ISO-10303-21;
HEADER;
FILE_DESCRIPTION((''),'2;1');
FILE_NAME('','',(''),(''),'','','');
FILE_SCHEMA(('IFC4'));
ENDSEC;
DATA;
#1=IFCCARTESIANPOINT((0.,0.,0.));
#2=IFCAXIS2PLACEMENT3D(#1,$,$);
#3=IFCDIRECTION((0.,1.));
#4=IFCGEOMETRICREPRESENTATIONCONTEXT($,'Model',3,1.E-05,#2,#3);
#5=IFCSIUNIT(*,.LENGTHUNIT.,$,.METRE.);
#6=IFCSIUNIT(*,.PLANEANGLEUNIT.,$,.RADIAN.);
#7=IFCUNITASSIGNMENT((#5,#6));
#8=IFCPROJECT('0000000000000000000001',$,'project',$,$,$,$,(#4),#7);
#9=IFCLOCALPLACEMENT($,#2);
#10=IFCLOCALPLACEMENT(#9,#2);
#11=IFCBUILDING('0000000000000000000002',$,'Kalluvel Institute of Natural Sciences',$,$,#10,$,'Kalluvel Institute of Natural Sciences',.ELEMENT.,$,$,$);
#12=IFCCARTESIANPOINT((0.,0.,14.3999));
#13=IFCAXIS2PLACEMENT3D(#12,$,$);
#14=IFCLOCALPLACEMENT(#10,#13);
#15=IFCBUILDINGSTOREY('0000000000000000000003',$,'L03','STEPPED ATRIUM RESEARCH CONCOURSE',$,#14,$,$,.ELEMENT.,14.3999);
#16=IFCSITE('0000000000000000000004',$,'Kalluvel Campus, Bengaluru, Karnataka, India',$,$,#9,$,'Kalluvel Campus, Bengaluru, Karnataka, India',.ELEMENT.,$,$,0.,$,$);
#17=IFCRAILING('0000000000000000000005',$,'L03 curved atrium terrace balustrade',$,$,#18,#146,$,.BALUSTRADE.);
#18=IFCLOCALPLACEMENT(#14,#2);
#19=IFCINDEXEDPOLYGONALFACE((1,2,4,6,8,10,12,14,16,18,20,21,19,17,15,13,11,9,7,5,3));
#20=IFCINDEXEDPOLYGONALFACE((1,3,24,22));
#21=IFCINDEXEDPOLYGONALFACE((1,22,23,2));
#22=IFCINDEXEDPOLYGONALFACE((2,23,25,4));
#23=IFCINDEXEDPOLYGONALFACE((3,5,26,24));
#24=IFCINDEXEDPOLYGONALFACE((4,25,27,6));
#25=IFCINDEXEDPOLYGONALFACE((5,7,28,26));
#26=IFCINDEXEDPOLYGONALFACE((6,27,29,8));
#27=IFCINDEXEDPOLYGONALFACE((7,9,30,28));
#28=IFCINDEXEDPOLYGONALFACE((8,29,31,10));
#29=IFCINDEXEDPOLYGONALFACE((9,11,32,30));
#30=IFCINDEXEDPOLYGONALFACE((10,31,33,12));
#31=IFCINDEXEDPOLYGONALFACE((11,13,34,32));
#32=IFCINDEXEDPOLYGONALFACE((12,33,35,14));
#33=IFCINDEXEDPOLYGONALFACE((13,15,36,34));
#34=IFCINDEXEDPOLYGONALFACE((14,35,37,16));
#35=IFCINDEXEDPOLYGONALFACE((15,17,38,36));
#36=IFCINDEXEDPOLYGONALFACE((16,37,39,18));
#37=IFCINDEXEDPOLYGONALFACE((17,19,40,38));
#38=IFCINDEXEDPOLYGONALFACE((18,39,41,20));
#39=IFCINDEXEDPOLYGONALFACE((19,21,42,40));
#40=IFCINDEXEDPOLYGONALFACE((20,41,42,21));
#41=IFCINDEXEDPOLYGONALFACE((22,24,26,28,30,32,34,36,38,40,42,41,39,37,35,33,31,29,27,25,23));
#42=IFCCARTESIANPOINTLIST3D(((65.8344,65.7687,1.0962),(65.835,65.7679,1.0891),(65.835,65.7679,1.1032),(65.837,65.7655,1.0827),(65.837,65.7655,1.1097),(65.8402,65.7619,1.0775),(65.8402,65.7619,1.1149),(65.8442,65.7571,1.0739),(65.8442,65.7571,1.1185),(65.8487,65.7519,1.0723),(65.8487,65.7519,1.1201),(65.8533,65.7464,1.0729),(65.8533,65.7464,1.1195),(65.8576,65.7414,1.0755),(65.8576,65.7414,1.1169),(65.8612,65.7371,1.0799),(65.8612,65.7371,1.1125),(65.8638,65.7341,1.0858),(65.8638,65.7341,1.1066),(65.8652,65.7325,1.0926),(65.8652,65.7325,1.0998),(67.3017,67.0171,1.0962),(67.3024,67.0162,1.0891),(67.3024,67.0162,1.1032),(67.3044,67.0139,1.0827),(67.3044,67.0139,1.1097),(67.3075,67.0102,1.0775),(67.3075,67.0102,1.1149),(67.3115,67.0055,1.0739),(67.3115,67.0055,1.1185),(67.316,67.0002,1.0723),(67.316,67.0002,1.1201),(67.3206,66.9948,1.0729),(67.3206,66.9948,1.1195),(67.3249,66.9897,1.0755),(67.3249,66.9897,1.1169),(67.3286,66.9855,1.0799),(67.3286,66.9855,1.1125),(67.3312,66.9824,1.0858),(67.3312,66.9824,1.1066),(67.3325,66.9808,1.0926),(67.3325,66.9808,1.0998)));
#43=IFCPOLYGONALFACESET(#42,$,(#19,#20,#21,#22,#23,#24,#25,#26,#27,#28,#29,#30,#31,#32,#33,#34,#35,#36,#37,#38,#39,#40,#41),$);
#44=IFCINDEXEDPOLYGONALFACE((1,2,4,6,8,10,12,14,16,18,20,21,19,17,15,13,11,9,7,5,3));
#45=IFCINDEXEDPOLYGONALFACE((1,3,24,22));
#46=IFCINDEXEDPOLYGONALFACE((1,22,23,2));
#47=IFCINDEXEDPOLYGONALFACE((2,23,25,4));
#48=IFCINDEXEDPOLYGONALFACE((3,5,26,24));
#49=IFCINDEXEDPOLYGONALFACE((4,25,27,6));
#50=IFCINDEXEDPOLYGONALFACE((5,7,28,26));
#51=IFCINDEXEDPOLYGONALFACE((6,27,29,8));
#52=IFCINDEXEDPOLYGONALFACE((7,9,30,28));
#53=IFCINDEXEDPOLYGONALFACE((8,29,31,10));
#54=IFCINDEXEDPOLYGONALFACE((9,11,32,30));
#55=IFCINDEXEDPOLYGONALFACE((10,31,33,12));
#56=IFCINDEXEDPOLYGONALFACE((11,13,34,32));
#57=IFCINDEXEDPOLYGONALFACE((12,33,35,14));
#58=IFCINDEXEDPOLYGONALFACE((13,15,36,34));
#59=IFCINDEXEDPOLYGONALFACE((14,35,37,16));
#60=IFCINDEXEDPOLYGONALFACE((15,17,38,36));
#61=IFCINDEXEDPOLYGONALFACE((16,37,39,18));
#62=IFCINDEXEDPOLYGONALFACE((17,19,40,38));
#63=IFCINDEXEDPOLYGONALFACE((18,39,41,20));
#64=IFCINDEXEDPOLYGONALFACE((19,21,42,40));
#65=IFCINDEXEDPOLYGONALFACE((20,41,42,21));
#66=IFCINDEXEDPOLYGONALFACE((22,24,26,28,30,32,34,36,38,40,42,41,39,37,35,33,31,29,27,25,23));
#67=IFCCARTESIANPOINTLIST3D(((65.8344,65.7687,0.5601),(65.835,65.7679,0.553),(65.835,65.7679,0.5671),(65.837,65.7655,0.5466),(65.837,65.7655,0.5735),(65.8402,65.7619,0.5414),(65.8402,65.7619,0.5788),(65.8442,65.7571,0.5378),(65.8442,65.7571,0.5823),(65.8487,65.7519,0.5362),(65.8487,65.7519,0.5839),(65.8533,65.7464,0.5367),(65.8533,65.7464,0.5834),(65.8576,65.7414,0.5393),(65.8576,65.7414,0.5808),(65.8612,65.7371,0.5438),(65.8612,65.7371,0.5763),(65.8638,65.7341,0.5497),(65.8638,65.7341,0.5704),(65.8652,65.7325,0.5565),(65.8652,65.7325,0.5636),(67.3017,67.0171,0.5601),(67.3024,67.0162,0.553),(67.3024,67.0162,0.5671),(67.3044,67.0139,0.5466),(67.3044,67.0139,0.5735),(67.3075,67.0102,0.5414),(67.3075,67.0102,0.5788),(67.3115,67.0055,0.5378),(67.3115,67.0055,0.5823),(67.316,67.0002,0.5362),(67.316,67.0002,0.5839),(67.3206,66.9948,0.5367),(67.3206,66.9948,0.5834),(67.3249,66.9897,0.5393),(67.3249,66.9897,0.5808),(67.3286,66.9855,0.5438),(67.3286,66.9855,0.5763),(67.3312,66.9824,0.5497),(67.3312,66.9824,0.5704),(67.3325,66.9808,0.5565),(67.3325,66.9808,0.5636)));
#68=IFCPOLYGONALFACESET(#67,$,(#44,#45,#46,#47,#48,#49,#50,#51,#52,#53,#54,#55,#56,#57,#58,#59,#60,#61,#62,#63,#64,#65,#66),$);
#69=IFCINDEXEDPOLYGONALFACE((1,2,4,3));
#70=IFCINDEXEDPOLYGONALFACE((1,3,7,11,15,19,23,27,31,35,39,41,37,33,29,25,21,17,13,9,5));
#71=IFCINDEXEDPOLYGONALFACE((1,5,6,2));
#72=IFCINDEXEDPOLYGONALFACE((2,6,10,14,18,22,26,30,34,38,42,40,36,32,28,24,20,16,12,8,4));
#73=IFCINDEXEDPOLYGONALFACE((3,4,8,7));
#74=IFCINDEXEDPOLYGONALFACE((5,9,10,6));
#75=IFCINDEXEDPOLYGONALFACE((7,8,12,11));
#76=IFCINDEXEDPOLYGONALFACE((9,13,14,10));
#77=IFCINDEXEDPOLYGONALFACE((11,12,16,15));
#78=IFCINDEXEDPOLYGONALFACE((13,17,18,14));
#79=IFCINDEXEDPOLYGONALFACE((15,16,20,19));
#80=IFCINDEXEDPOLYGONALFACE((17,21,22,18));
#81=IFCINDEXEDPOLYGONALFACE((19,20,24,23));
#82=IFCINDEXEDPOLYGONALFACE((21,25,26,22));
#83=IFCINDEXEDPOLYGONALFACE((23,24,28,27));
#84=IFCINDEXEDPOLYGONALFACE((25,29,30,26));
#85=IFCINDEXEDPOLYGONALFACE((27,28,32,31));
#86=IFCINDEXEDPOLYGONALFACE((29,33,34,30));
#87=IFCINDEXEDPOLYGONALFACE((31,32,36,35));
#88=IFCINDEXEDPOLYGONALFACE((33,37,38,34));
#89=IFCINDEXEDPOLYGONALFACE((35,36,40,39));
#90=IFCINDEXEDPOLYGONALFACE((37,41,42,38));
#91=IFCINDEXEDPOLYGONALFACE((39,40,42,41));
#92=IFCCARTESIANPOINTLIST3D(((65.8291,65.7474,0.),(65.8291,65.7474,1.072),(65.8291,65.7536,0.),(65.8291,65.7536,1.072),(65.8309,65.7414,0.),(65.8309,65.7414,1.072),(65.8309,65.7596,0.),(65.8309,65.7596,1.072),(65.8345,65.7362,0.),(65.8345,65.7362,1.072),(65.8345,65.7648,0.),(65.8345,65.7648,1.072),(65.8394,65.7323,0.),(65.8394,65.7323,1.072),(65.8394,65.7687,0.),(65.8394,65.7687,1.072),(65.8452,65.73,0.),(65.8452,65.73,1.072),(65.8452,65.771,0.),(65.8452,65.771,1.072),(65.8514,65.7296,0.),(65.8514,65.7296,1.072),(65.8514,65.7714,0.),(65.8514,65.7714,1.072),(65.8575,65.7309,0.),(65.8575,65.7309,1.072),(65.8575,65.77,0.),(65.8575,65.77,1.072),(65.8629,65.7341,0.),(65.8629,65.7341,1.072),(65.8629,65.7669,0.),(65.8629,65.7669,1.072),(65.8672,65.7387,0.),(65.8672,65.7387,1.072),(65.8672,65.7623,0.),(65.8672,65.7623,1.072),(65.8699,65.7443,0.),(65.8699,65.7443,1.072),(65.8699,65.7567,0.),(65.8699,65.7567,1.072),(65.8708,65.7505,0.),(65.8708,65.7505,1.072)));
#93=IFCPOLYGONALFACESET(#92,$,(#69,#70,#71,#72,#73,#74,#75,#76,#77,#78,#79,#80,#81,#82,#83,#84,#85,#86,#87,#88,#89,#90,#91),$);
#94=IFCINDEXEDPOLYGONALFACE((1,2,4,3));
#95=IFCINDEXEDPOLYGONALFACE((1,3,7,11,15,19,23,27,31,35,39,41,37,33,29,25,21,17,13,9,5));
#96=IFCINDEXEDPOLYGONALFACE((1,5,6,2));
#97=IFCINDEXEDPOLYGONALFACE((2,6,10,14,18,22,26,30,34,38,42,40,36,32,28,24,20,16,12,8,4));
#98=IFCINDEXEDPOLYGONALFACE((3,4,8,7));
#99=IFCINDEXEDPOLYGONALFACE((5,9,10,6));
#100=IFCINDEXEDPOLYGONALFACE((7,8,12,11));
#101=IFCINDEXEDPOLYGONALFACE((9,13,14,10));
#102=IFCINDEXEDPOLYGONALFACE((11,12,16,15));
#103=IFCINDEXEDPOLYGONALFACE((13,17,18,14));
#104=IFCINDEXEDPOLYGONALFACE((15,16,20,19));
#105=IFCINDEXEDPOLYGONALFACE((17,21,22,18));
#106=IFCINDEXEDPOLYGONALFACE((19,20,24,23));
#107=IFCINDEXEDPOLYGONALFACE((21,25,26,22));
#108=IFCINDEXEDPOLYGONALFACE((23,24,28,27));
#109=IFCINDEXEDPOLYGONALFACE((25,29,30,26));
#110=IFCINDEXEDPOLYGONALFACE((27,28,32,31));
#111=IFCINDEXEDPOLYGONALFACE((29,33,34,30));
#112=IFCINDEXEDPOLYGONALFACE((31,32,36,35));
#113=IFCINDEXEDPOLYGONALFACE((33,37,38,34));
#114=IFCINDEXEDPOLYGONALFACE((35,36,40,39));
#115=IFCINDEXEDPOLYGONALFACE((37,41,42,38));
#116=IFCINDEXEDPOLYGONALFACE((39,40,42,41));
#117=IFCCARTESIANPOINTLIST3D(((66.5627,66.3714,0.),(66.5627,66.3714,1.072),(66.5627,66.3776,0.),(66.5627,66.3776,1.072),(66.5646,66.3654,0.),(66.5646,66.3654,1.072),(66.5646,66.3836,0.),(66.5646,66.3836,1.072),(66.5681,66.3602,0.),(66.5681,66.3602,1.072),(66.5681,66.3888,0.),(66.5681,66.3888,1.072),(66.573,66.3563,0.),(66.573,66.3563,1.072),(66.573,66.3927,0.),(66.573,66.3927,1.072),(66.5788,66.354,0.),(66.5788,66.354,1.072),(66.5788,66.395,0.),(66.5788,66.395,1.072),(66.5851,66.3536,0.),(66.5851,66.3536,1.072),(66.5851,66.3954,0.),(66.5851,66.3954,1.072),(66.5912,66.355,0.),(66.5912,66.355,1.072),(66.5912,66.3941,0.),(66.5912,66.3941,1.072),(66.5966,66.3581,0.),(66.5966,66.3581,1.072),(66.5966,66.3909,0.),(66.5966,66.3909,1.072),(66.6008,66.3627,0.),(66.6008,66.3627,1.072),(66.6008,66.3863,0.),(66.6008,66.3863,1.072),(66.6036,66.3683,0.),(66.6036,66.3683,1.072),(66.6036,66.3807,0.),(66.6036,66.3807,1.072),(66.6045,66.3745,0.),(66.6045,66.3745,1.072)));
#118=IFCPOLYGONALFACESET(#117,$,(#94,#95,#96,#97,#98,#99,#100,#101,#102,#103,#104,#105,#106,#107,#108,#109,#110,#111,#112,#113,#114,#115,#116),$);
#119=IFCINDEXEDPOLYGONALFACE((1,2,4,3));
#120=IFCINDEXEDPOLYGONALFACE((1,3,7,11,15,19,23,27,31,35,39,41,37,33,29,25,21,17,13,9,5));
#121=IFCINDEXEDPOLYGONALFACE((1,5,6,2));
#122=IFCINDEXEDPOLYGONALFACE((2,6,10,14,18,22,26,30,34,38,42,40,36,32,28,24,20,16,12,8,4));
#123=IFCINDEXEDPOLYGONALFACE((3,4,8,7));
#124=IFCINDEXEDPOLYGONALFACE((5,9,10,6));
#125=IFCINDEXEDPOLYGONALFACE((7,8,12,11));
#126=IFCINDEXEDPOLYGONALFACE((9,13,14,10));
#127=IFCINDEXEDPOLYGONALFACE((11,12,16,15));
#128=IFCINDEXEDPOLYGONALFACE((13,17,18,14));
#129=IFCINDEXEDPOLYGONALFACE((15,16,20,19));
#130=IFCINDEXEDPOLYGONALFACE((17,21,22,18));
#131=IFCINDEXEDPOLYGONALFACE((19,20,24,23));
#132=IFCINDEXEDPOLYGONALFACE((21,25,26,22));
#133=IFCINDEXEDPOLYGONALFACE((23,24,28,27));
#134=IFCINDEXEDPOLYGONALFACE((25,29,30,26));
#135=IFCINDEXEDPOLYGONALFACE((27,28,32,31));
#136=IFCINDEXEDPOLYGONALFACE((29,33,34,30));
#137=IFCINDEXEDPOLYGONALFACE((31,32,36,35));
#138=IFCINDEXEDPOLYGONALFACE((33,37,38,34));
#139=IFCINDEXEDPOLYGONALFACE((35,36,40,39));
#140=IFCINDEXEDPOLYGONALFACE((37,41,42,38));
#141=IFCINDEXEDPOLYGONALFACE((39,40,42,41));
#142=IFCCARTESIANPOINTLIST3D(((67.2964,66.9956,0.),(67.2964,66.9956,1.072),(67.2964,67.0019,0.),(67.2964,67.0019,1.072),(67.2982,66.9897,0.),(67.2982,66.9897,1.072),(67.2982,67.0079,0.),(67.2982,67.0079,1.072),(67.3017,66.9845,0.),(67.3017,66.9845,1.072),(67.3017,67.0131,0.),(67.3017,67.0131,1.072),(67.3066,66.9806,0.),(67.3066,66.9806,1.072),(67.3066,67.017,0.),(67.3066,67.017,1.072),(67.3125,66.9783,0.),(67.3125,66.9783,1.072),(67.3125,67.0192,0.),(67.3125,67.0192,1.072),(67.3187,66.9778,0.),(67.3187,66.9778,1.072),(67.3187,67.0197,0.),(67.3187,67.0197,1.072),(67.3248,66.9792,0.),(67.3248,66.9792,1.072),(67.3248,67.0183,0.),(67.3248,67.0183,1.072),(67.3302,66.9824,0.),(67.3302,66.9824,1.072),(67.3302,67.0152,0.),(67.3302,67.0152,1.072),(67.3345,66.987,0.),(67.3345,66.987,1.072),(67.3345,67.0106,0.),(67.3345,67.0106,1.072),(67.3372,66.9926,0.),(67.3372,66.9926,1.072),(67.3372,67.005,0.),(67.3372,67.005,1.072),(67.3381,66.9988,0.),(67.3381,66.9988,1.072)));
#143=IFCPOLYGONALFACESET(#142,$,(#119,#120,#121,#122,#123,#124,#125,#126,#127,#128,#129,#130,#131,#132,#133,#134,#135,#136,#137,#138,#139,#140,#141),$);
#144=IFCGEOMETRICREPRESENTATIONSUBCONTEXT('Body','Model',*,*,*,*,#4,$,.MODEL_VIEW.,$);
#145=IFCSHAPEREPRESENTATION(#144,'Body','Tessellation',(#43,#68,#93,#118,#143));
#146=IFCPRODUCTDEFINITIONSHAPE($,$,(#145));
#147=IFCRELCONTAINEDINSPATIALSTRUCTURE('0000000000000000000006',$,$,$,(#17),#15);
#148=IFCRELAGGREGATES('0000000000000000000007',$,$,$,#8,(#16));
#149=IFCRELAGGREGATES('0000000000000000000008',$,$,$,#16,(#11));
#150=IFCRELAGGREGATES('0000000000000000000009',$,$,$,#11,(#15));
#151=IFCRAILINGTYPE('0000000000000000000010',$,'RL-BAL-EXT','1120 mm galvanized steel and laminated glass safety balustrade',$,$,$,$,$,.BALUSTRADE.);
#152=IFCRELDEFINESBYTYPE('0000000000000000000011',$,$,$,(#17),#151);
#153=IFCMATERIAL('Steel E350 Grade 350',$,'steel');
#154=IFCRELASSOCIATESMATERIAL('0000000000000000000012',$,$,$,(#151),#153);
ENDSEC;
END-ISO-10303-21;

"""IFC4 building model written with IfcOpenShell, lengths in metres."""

from ifc_helpers import new_model, si_unit, direction, frame, origin, origin_2d, place, context, subcontext, project, spatial, circle, extrude, material, type_object, element, save


model = new_model("IFC4")

# Units and contexts
model_context = context("Model", 3, precision=1e-05, world=origin(), true_north=direction((0.0, 1.0)))
body_context = subcontext(model_context, "Body", "Model", "MODEL_VIEW")
ifc_project = project(units=[si_unit("LENGTHUNIT", "METRE"), si_unit("PLANEANGLEUNIT", "RADIAN")], contexts=[model_context])

# Site, building, storey
site_placement = place(None, origin())
site = spatial("IfcSite", under=ifc_project, at=site_placement, Name="Kalluvel Campus, Bengaluru, Karnataka, India", LongName="Kalluvel Campus, Bengaluru, Karnataka, India", CompositionType="ELEMENT", RefElevation=0.0)
building_placement = place(site_placement, origin())
building = spatial("IfcBuilding", under=site, at=building_placement, Name="Kalluvel Institute of Natural Sciences", LongName="Kalluvel Institute of Natural Sciences", CompositionType="ELEMENT")
storey_placement = place(building_placement, frame((0.0, 0.0, 14.3999)))
storey = spatial("IfcBuildingStorey", under=building, at=storey_placement, Name="L03", Description="STEPPED ATRIUM RESEARCH CONCOURSE", CompositionType="ELEMENT", Elevation=14.3999)

# Railing
ifc_material_1 = material(Name="Steel E350 Grade 350", Category="steel")
railing_type = type_object("IfcRailingType", Name="RL-BAL-EXT", Description="1120 mm galvanized steel and laminated glass safety balustrade", PredefinedType="BALUSTRADE", material=ifc_material_1)
railing_1_placement = place(storey_placement, frame((65.8499, 65.7505, 0.0)))
element("IfcRailing", 1, at=railing_1_placement, inside=storey, type_object=railing_type, Name="L03 curved atrium terrace balustrade", PredefinedType="BALUSTRADE", context=body_context, shape_type="SweptSolid", body=[
    extrude(circle(Radius=0.0239, at=origin_2d()), frame((0.0, 0.0, 1.0962), z_axis=(0.761658, 0.647979, 0.0), x_axis=(-0.647979, 0.761658, 0.0)), (0.0, 0.0, 1.0), 1.9265),
    extrude(circle(Radius=0.0239, at=origin_2d()), frame((0.0, 0.0, 0.5601), z_axis=(0.761658, 0.647979, 0.0), x_axis=(-0.647979, 0.761658, 0.0)), (0.0, 0.0, 1.0), 1.9265),
    extrude(circle(Radius=0.021, at=origin_2d()), origin(), (0.0, 0.0, 1.0), 1.072),
    extrude(circle(Radius=0.021, at=origin_2d()), frame((0.7336, 0.624, 0.0)), (0.0, 0.0, 1.0), 1.072),
    extrude(circle(Radius=0.021, at=origin_2d()), frame((1.4673, 1.2483, 0.0)), (0.0, 0.0, 1.0), 1.072),
])

save(model, "model.ifc")
